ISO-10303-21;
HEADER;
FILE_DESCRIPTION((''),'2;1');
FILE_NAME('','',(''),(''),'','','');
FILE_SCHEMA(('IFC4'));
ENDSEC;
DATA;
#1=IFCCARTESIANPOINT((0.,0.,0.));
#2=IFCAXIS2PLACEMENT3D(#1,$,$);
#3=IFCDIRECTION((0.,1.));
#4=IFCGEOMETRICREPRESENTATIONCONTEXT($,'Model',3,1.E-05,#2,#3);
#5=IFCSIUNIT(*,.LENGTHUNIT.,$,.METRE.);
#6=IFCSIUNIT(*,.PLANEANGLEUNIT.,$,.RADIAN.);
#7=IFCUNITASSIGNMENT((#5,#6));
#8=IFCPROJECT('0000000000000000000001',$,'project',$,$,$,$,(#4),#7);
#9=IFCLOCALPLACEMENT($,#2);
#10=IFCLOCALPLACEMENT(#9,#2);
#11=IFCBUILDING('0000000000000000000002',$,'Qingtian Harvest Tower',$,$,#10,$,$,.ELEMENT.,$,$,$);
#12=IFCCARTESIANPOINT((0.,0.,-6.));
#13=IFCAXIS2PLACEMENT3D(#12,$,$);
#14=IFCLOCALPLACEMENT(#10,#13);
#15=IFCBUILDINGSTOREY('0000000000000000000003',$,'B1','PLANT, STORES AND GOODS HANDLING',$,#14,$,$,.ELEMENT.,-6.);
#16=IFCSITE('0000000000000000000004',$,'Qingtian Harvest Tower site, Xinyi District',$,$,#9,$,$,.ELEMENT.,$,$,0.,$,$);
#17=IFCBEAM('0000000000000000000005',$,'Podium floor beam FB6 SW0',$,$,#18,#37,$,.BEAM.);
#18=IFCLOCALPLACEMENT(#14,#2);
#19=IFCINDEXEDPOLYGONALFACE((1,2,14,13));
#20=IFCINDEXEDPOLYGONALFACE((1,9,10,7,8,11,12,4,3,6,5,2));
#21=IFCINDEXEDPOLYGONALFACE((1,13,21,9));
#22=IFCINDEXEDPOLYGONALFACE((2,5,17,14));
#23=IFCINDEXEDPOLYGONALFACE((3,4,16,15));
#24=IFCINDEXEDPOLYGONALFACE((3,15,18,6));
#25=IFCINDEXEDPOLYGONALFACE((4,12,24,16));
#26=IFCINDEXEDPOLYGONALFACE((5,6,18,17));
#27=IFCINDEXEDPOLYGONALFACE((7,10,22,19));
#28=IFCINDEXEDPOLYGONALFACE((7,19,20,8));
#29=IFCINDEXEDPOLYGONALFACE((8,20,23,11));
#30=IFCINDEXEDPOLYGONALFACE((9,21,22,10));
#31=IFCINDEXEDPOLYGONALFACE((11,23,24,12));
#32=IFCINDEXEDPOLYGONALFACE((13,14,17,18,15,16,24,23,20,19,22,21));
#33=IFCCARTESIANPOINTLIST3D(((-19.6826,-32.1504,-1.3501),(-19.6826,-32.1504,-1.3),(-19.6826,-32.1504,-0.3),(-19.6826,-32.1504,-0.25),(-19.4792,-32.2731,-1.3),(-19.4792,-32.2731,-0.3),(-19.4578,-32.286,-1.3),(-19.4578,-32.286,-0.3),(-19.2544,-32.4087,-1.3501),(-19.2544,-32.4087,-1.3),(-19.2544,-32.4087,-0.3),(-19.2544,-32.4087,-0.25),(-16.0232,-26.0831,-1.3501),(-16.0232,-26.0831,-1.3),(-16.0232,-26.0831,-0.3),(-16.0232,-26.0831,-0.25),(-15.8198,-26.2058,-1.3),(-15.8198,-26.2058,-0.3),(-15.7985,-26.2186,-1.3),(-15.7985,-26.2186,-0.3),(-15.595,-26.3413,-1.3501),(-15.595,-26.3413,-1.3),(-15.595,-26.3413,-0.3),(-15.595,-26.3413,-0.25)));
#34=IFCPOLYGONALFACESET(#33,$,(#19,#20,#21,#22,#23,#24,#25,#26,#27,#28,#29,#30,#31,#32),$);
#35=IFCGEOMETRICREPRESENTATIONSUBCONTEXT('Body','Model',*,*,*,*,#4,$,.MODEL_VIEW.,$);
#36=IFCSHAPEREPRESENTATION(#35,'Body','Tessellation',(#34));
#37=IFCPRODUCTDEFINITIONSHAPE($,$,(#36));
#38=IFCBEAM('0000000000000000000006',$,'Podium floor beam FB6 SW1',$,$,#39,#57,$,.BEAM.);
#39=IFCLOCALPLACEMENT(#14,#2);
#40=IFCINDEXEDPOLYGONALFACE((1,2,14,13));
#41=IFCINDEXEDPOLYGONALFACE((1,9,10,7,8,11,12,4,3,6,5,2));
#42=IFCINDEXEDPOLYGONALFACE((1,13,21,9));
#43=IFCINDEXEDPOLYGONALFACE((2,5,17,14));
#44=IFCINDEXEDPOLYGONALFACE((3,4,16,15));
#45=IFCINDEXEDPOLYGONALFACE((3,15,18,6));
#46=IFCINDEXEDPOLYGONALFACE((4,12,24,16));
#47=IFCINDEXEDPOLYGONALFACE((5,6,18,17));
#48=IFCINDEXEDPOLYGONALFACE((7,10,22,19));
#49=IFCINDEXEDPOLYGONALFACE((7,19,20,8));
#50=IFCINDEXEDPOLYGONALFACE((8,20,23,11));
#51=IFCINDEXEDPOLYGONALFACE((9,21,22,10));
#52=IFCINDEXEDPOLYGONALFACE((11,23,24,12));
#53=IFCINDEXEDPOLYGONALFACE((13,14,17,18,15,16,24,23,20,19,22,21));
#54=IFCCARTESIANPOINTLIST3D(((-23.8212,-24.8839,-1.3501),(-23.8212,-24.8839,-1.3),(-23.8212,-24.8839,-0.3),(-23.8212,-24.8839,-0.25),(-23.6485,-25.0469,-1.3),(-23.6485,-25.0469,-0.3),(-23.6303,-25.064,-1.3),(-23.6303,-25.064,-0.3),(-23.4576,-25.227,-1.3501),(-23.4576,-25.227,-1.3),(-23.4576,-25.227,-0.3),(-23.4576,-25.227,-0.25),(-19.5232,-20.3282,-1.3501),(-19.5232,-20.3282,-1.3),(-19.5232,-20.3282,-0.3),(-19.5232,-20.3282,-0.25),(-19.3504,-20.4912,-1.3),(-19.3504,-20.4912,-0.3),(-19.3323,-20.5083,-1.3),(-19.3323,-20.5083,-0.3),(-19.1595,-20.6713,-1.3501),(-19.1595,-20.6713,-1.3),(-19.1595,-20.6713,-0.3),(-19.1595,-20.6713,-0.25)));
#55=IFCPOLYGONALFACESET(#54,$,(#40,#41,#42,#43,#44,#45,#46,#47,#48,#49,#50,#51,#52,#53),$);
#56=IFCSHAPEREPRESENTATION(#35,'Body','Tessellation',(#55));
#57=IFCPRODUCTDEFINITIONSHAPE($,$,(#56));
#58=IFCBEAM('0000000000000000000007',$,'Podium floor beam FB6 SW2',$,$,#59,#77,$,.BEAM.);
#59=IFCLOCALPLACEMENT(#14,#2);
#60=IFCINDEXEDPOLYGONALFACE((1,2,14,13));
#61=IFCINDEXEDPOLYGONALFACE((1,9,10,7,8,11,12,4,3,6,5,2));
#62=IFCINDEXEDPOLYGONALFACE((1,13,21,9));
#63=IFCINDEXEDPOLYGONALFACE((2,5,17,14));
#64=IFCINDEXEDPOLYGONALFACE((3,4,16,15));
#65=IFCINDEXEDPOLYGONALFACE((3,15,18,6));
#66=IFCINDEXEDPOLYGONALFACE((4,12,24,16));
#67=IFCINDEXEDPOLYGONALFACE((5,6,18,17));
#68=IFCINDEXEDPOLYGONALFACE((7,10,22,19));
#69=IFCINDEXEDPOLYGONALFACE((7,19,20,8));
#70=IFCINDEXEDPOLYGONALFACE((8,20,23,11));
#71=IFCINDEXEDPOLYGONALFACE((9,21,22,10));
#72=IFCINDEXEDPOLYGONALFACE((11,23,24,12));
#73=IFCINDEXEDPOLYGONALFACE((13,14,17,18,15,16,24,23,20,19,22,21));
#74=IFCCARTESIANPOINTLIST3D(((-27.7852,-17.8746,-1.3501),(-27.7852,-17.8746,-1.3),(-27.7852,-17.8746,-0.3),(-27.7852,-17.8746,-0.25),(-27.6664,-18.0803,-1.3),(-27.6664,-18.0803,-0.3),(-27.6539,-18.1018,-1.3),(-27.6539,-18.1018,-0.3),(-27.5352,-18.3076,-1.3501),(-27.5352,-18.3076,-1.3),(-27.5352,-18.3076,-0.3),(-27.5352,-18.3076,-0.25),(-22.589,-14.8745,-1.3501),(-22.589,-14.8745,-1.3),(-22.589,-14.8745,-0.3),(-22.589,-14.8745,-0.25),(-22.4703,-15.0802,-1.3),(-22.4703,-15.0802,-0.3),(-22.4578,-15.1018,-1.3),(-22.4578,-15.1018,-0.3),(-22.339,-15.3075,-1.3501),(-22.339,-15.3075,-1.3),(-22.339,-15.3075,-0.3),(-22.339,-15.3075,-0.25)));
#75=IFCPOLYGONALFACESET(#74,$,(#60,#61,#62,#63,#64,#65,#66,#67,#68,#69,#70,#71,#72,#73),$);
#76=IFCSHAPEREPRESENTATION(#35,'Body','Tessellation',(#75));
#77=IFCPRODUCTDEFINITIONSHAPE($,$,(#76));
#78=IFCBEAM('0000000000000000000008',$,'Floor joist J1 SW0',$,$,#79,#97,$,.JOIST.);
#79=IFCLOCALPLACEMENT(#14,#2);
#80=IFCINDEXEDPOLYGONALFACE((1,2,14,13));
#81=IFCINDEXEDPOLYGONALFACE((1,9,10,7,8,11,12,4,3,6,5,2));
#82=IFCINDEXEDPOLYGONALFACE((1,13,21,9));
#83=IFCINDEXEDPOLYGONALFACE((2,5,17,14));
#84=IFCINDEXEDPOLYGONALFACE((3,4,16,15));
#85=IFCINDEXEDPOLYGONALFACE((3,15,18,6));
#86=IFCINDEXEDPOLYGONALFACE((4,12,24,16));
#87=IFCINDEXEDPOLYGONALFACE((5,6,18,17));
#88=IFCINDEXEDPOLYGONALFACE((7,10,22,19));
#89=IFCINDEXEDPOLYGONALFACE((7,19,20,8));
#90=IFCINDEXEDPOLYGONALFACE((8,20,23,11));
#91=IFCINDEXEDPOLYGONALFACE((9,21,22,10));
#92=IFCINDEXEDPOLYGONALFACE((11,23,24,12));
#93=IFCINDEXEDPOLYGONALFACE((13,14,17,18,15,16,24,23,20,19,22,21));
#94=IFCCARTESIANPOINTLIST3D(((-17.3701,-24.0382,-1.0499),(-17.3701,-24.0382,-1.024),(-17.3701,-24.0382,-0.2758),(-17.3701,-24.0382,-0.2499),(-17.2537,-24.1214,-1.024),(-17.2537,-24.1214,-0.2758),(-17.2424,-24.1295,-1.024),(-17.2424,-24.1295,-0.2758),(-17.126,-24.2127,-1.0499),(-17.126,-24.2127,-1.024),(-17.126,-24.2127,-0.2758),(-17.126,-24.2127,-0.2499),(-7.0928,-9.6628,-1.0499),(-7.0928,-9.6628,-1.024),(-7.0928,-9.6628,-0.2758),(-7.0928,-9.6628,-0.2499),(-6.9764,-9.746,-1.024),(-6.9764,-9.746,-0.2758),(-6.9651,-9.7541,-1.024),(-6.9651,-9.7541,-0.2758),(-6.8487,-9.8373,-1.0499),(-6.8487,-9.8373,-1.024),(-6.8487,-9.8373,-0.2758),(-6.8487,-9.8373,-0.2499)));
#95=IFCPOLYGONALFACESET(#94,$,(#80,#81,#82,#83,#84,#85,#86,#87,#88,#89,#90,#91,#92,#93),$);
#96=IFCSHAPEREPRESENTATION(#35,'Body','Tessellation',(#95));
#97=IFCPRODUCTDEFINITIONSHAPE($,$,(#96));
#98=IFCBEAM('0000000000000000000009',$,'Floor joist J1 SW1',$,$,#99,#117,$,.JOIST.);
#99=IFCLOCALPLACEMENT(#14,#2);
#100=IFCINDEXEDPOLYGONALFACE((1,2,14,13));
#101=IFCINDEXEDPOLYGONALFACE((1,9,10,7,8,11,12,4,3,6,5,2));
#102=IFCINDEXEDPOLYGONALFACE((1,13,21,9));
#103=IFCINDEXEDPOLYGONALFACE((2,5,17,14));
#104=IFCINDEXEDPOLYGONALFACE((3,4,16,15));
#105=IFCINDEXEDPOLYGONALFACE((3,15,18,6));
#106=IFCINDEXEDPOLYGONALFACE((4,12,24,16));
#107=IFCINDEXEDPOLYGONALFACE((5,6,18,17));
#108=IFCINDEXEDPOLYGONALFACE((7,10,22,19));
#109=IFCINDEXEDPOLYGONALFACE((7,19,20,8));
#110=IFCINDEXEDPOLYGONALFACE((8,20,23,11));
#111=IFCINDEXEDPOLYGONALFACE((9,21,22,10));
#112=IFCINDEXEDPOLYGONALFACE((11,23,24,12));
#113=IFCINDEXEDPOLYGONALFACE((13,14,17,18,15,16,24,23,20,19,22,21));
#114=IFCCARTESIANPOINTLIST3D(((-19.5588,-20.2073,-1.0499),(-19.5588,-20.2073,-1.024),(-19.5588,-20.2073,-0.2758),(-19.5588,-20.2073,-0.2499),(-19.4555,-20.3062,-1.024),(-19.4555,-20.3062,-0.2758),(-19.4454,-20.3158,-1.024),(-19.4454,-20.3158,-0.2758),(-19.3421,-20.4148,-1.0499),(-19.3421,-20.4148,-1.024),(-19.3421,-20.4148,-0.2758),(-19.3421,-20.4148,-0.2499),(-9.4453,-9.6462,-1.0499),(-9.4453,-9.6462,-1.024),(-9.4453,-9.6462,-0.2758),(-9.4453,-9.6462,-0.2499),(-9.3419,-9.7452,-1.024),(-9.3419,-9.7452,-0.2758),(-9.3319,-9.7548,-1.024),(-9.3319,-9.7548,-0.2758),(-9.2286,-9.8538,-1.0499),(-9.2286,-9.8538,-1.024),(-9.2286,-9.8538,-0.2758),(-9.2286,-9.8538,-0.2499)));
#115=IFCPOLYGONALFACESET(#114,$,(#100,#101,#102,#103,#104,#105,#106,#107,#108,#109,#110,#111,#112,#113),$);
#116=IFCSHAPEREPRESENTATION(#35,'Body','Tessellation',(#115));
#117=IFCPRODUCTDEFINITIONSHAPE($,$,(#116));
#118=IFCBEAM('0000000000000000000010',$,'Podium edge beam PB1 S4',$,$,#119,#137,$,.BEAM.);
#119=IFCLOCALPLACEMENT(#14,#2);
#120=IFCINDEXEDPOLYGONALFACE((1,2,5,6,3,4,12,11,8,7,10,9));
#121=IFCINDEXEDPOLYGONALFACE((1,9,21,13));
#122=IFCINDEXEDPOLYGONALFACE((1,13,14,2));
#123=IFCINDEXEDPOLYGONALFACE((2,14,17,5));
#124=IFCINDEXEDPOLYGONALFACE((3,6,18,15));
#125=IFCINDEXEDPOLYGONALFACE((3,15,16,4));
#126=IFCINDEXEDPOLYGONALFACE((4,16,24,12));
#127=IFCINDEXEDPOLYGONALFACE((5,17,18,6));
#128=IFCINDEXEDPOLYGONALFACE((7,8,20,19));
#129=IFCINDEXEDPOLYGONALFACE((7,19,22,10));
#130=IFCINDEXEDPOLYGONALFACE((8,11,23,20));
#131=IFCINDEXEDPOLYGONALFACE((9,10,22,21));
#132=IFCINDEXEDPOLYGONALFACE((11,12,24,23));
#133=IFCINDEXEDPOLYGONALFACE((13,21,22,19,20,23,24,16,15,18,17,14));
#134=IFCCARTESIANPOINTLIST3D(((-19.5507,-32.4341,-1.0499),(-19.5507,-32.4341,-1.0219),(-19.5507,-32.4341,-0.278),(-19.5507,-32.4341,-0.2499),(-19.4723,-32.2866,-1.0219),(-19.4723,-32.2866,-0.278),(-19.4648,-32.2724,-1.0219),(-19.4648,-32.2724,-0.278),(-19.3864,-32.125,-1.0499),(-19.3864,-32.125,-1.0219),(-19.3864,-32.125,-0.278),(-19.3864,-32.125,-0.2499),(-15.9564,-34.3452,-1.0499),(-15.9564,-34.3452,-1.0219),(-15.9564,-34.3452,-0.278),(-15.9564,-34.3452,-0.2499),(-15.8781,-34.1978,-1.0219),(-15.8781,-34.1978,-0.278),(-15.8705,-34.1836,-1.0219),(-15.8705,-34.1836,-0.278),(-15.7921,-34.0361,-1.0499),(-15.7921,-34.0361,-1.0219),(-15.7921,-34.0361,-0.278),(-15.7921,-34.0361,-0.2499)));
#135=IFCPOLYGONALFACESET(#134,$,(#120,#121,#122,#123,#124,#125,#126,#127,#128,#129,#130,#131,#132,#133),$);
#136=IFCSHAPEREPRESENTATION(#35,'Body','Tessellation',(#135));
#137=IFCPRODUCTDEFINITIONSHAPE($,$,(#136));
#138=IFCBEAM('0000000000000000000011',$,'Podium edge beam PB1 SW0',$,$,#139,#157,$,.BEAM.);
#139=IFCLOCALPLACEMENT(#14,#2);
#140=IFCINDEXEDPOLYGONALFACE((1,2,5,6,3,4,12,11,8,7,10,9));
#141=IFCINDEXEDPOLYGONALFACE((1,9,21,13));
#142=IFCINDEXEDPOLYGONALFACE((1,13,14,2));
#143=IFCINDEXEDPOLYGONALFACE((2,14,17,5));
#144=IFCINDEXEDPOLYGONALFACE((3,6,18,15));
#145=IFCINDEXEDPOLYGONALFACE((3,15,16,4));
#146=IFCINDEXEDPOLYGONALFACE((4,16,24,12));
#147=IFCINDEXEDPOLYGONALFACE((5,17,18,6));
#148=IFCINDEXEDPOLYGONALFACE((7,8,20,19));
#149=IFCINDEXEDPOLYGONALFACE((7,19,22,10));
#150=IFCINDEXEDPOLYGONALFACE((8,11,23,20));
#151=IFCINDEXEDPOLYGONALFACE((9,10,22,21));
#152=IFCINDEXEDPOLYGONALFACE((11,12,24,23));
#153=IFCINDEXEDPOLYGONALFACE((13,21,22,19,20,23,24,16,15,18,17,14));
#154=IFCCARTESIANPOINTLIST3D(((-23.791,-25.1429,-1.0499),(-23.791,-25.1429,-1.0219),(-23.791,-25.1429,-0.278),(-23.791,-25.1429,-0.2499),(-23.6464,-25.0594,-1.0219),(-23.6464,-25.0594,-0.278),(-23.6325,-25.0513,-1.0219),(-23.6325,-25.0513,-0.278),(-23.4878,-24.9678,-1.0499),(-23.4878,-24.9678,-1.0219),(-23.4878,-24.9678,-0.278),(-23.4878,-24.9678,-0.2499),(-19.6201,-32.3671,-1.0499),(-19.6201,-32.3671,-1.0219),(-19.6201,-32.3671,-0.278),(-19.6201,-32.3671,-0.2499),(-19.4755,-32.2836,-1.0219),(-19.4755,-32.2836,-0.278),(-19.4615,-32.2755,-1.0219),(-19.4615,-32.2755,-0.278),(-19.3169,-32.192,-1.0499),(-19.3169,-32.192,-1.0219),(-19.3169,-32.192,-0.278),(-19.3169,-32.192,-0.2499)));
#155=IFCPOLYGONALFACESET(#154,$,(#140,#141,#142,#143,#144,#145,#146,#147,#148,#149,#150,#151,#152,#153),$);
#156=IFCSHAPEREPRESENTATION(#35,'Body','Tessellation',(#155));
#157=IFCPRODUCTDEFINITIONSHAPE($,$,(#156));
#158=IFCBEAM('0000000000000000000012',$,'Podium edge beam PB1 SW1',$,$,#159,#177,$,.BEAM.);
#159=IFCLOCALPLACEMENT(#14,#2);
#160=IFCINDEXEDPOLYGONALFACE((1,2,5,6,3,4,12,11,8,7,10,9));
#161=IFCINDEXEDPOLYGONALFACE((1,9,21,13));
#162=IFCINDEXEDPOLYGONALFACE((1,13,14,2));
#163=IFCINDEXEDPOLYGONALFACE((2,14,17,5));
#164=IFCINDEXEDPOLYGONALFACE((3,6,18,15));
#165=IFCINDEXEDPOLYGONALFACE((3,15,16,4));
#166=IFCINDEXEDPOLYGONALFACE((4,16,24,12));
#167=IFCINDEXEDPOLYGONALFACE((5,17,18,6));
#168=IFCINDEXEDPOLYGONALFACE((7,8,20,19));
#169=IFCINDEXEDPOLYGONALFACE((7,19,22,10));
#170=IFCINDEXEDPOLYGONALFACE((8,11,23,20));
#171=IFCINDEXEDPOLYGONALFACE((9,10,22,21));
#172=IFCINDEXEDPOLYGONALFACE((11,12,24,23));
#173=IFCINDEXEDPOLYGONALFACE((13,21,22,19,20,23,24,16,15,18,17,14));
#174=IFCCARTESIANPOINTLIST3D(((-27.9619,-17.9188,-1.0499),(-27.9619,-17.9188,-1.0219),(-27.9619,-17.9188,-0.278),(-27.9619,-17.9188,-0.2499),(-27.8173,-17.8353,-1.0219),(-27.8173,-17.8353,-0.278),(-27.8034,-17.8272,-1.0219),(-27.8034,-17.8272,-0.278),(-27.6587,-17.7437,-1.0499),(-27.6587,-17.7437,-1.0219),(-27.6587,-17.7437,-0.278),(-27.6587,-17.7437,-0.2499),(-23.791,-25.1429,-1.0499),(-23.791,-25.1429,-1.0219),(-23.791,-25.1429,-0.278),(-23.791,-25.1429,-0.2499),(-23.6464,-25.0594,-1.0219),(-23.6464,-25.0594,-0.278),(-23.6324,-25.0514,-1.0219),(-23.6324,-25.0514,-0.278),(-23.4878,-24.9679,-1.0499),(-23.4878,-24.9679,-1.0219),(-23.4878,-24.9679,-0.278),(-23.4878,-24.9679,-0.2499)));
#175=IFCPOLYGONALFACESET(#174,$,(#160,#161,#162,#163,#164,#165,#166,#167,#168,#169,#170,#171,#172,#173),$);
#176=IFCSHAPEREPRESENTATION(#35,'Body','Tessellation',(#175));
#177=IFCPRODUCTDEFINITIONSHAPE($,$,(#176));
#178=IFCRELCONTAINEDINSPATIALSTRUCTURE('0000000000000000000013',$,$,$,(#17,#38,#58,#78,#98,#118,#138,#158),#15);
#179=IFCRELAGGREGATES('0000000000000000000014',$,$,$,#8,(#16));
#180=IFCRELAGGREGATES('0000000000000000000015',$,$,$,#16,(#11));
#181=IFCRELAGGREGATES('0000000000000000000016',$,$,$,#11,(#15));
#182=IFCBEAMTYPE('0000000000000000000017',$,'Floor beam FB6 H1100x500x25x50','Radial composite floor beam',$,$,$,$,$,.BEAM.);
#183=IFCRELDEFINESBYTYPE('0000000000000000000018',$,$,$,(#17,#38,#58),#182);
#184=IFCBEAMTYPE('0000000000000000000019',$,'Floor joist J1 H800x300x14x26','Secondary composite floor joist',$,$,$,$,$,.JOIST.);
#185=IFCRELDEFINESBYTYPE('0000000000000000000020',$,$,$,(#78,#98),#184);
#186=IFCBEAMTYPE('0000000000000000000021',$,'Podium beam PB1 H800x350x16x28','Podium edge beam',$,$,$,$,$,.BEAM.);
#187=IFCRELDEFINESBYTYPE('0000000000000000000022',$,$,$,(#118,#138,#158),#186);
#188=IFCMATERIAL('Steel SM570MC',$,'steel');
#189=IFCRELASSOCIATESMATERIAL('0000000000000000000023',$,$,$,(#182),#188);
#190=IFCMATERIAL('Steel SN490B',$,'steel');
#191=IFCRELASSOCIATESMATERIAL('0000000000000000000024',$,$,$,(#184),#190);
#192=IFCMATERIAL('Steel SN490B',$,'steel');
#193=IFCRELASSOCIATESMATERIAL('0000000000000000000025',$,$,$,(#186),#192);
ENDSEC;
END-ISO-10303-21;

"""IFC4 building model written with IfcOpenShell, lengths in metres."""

from ifc_helpers import new_model, si_unit, direction, frame, origin, origin_2d, place, context, subcontext, project, spatial, i_section, extrude, material, material_profile, profile_set, type_object, element, save


model = new_model("IFC4")

# Units and contexts
model_context = context("Model", 3, precision=1e-05, world=origin(), true_north=direction((0.0, 1.0)))
body_context = subcontext(model_context, "Body", "Model", "MODEL_VIEW")
ifc_project = project(units=[si_unit("LENGTHUNIT", "METRE"), si_unit("PLANEANGLEUNIT", "RADIAN")], contexts=[model_context])

# Site, building, storey
site_placement = place(None, origin())
site = spatial("IfcSite", under=ifc_project, at=site_placement, Name="Qingtian Harvest Tower site, Xinyi District", CompositionType="ELEMENT", RefElevation=0.0)
building_placement = place(site_placement, origin())
building = spatial("IfcBuilding", under=site, at=building_placement, Name="Qingtian Harvest Tower", CompositionType="ELEMENT")
storey_placement = place(building_placement, frame((0.0, 0.0, -6.0)))
storey = spatial("IfcBuildingStorey", under=building, at=storey_placement, Name="B1", Description="PLANT, STORES AND GOODS HANDLING", CompositionType="ELEMENT", Elevation=-6.0)

# Beams
ifc_material_1 = material(Name="Steel SM570MC", Category="steel")
ifc_material_profile_1 = material_profile(ifc_material_1, i_section(OverallWidth=0.5, OverallDepth=1.1001, WebThickness=0.0249, FlangeThickness=0.05, at=origin_2d()), Name="H1100x500x25x50")
ifc_profile_set_1 = profile_set([ifc_material_profile_1], Name="Steel SM570MC")
beam_type_1 = type_object("IfcBeamType", Name="Floor beam FB6 H1100x500x25x50", Description="Radial composite floor beam", PredefinedType="BEAM", material=ifc_profile_set_1)
beam_1_placement = place(storey_placement, frame((-19.4685, -32.2795, -0.8), z_axis=(0.516465, 0.856308, 0.0), x_axis=(-0.856308, 0.516465, 0.0)))
element("IfcBeam", 1, at=beam_1_placement, inside=storey, type_object=beam_type_1, Name="Podium floor beam FB6 SW0", PredefinedType="BEAM", context=body_context, shape_type="SweptSolid", body=[
    extrude(i_section(OverallWidth=0.5, OverallDepth=1.1001, WebThickness=0.0249, FlangeThickness=0.05, at=origin_2d()), origin(), (0.0, 0.0, 1.0), 7.0854),
])
beam_2_placement = place(storey_placement, frame((-23.6394, -25.0554, -0.8), z_axis=(0.686246, 0.72737, 0.0), x_axis=(-0.72737, 0.686246, 0.0)))
element("IfcBeam", 2, at=beam_2_placement, inside=storey, type_object=beam_type_1, Name="Podium floor beam FB6 SW1", PredefinedType="BEAM", context=body_context, shape_type="SweptSolid", body=[
    extrude(i_section(OverallWidth=0.5, OverallDepth=1.1001, WebThickness=0.0249, FlangeThickness=0.05, at=origin_2d()), origin(), (0.0, 0.0, 1.0), 6.2632),
])
beam_3_placement = place(storey_placement, frame((-27.6602, -18.0911, -0.8), z_axis=(0.866021, 0.500008, 0.0), x_axis=(-0.500008, 0.866021, 0.0)))
element("IfcBeam", 3, at=beam_3_placement, inside=storey, type_object=beam_type_1, Name="Podium floor beam FB6 SW2", PredefinedType="BEAM", context=body_context, shape_type="SweptSolid", body=[
    extrude(i_section(OverallWidth=0.5, OverallDepth=1.1001, WebThickness=0.0249, FlangeThickness=0.05, at=origin_2d()), origin(), (0.0, 0.0, 1.0), 6.0),
])
ifc_material_2 = material(Name="Steel SN490B", Category="steel")
ifc_material_profile_2 = material_profile(ifc_material_2, i_section(OverallWidth=0.3, OverallDepth=0.8, WebThickness=0.0139, FlangeThickness=0.0259, at=origin_2d()), Name="H800x300x14x26")
ifc_profile_set_2 = profile_set([ifc_material_profile_2], Name="Steel SN490B")
beam_type_2 = type_object("IfcBeamType", Name="Floor joist J1 H800x300x14x26", Description="Secondary composite floor joist", PredefinedType="JOIST", material=ifc_profile_set_2)
beam_4_placement = place(storey_placement, frame((-17.248, -24.1255, -0.6499), z_axis=(0.581581, 0.813489, 0.0), x_axis=(-0.813489, 0.581581, 0.0)))
element("IfcBeam", 4, at=beam_4_placement, inside=storey, type_object=beam_type_2, Name="Floor joist J1 SW0", PredefinedType="JOIST", context=body_context, shape_type="SweptSolid", body=[
    extrude(i_section(OverallWidth=0.3, OverallDepth=0.8, WebThickness=0.0139, FlangeThickness=0.0259, at=origin_2d()), origin(), (0.0, 0.0, 1.0), 17.6714),
])
beam_5_placement = place(storey_placement, frame((-19.4504, -20.311, -0.6499), z_axis=(0.691639, 0.722243, 0.0), x_axis=(-0.722243, 0.691639, 0.0)))
element("IfcBeam", 5, at=beam_5_placement, inside=storey, type_object=beam_type_2, Name="Floor joist J1 SW1", PredefinedType="JOIST", context=body_context, shape_type="SweptSolid", body=[
    extrude(i_section(OverallWidth=0.3, OverallDepth=0.8, WebThickness=0.0139, FlangeThickness=0.0259, at=origin_2d()), origin(), (0.0, 0.0, 1.0), 14.6226),
])
ifc_material_3 = material(Name="Steel SN490B", Category="steel")
ifc_material_profile_3 = material_profile(ifc_material_3, i_section(OverallWidth=0.3501, OverallDepth=0.8, WebThickness=0.0161, FlangeThickness=0.0281, at=origin_2d()), Name="H800x350x16x28")
ifc_profile_set_3 = profile_set([ifc_material_profile_3], Name="Steel SN490B")
beam_type_3 = type_object("IfcBeamType", Name="Podium beam PB1 H800x350x16x28", Description="Podium edge beam", PredefinedType="BEAM", material=ifc_profile_set_3)
beam_6_placement = place(storey_placement, frame((-15.8743, -34.1907, -0.6499), z_axis=(-0.882943, 0.46948, 0.0), x_axis=(-0.46948, -0.882943, 0.0)))
element("IfcBeam", 6, at=beam_6_placement, inside=storey, type_object=beam_type_3, Name="Podium edge beam PB1 S4", PredefinedType="BEAM", context=body_context, shape_type="SweptSolid", body=[
    extrude(i_section(OverallWidth=0.3501, OverallDepth=0.8, WebThickness=0.0161, FlangeThickness=0.0281, at=origin_2d()), origin(), (0.0, 0.0, 1.0), 4.0708),
])
for number, where, z_axis, x_axis, name in (
    (7, (-19.4685, -32.2795, -0.6499), (-0.500005, 0.866023, 0.0), (-0.866023, -0.500005, 0.0), "Podium edge beam PB1 SW0"),
    (8, (-23.6394, -25.0554, -0.6499), (-0.500005, 0.866023, 0.0), (-0.866023, -0.500005, 0.0), "Podium edge beam PB1 SW1"),
):
    element("IfcBeam", number, at=place(storey_placement, frame(where, z_axis=z_axis, x_axis=x_axis)), inside=storey, type_object=beam_type_3, Name=name, PredefinedType="BEAM", context=body_context, shape_type="SweptSolid", body=[
        extrude(i_section(OverallWidth=0.3501, OverallDepth=0.8, WebThickness=0.0161, FlangeThickness=0.0281, at=origin_2d()), origin(), (0.0, 0.0, 1.0), 8.3418),
    ])

save(model, "model.ifc")
